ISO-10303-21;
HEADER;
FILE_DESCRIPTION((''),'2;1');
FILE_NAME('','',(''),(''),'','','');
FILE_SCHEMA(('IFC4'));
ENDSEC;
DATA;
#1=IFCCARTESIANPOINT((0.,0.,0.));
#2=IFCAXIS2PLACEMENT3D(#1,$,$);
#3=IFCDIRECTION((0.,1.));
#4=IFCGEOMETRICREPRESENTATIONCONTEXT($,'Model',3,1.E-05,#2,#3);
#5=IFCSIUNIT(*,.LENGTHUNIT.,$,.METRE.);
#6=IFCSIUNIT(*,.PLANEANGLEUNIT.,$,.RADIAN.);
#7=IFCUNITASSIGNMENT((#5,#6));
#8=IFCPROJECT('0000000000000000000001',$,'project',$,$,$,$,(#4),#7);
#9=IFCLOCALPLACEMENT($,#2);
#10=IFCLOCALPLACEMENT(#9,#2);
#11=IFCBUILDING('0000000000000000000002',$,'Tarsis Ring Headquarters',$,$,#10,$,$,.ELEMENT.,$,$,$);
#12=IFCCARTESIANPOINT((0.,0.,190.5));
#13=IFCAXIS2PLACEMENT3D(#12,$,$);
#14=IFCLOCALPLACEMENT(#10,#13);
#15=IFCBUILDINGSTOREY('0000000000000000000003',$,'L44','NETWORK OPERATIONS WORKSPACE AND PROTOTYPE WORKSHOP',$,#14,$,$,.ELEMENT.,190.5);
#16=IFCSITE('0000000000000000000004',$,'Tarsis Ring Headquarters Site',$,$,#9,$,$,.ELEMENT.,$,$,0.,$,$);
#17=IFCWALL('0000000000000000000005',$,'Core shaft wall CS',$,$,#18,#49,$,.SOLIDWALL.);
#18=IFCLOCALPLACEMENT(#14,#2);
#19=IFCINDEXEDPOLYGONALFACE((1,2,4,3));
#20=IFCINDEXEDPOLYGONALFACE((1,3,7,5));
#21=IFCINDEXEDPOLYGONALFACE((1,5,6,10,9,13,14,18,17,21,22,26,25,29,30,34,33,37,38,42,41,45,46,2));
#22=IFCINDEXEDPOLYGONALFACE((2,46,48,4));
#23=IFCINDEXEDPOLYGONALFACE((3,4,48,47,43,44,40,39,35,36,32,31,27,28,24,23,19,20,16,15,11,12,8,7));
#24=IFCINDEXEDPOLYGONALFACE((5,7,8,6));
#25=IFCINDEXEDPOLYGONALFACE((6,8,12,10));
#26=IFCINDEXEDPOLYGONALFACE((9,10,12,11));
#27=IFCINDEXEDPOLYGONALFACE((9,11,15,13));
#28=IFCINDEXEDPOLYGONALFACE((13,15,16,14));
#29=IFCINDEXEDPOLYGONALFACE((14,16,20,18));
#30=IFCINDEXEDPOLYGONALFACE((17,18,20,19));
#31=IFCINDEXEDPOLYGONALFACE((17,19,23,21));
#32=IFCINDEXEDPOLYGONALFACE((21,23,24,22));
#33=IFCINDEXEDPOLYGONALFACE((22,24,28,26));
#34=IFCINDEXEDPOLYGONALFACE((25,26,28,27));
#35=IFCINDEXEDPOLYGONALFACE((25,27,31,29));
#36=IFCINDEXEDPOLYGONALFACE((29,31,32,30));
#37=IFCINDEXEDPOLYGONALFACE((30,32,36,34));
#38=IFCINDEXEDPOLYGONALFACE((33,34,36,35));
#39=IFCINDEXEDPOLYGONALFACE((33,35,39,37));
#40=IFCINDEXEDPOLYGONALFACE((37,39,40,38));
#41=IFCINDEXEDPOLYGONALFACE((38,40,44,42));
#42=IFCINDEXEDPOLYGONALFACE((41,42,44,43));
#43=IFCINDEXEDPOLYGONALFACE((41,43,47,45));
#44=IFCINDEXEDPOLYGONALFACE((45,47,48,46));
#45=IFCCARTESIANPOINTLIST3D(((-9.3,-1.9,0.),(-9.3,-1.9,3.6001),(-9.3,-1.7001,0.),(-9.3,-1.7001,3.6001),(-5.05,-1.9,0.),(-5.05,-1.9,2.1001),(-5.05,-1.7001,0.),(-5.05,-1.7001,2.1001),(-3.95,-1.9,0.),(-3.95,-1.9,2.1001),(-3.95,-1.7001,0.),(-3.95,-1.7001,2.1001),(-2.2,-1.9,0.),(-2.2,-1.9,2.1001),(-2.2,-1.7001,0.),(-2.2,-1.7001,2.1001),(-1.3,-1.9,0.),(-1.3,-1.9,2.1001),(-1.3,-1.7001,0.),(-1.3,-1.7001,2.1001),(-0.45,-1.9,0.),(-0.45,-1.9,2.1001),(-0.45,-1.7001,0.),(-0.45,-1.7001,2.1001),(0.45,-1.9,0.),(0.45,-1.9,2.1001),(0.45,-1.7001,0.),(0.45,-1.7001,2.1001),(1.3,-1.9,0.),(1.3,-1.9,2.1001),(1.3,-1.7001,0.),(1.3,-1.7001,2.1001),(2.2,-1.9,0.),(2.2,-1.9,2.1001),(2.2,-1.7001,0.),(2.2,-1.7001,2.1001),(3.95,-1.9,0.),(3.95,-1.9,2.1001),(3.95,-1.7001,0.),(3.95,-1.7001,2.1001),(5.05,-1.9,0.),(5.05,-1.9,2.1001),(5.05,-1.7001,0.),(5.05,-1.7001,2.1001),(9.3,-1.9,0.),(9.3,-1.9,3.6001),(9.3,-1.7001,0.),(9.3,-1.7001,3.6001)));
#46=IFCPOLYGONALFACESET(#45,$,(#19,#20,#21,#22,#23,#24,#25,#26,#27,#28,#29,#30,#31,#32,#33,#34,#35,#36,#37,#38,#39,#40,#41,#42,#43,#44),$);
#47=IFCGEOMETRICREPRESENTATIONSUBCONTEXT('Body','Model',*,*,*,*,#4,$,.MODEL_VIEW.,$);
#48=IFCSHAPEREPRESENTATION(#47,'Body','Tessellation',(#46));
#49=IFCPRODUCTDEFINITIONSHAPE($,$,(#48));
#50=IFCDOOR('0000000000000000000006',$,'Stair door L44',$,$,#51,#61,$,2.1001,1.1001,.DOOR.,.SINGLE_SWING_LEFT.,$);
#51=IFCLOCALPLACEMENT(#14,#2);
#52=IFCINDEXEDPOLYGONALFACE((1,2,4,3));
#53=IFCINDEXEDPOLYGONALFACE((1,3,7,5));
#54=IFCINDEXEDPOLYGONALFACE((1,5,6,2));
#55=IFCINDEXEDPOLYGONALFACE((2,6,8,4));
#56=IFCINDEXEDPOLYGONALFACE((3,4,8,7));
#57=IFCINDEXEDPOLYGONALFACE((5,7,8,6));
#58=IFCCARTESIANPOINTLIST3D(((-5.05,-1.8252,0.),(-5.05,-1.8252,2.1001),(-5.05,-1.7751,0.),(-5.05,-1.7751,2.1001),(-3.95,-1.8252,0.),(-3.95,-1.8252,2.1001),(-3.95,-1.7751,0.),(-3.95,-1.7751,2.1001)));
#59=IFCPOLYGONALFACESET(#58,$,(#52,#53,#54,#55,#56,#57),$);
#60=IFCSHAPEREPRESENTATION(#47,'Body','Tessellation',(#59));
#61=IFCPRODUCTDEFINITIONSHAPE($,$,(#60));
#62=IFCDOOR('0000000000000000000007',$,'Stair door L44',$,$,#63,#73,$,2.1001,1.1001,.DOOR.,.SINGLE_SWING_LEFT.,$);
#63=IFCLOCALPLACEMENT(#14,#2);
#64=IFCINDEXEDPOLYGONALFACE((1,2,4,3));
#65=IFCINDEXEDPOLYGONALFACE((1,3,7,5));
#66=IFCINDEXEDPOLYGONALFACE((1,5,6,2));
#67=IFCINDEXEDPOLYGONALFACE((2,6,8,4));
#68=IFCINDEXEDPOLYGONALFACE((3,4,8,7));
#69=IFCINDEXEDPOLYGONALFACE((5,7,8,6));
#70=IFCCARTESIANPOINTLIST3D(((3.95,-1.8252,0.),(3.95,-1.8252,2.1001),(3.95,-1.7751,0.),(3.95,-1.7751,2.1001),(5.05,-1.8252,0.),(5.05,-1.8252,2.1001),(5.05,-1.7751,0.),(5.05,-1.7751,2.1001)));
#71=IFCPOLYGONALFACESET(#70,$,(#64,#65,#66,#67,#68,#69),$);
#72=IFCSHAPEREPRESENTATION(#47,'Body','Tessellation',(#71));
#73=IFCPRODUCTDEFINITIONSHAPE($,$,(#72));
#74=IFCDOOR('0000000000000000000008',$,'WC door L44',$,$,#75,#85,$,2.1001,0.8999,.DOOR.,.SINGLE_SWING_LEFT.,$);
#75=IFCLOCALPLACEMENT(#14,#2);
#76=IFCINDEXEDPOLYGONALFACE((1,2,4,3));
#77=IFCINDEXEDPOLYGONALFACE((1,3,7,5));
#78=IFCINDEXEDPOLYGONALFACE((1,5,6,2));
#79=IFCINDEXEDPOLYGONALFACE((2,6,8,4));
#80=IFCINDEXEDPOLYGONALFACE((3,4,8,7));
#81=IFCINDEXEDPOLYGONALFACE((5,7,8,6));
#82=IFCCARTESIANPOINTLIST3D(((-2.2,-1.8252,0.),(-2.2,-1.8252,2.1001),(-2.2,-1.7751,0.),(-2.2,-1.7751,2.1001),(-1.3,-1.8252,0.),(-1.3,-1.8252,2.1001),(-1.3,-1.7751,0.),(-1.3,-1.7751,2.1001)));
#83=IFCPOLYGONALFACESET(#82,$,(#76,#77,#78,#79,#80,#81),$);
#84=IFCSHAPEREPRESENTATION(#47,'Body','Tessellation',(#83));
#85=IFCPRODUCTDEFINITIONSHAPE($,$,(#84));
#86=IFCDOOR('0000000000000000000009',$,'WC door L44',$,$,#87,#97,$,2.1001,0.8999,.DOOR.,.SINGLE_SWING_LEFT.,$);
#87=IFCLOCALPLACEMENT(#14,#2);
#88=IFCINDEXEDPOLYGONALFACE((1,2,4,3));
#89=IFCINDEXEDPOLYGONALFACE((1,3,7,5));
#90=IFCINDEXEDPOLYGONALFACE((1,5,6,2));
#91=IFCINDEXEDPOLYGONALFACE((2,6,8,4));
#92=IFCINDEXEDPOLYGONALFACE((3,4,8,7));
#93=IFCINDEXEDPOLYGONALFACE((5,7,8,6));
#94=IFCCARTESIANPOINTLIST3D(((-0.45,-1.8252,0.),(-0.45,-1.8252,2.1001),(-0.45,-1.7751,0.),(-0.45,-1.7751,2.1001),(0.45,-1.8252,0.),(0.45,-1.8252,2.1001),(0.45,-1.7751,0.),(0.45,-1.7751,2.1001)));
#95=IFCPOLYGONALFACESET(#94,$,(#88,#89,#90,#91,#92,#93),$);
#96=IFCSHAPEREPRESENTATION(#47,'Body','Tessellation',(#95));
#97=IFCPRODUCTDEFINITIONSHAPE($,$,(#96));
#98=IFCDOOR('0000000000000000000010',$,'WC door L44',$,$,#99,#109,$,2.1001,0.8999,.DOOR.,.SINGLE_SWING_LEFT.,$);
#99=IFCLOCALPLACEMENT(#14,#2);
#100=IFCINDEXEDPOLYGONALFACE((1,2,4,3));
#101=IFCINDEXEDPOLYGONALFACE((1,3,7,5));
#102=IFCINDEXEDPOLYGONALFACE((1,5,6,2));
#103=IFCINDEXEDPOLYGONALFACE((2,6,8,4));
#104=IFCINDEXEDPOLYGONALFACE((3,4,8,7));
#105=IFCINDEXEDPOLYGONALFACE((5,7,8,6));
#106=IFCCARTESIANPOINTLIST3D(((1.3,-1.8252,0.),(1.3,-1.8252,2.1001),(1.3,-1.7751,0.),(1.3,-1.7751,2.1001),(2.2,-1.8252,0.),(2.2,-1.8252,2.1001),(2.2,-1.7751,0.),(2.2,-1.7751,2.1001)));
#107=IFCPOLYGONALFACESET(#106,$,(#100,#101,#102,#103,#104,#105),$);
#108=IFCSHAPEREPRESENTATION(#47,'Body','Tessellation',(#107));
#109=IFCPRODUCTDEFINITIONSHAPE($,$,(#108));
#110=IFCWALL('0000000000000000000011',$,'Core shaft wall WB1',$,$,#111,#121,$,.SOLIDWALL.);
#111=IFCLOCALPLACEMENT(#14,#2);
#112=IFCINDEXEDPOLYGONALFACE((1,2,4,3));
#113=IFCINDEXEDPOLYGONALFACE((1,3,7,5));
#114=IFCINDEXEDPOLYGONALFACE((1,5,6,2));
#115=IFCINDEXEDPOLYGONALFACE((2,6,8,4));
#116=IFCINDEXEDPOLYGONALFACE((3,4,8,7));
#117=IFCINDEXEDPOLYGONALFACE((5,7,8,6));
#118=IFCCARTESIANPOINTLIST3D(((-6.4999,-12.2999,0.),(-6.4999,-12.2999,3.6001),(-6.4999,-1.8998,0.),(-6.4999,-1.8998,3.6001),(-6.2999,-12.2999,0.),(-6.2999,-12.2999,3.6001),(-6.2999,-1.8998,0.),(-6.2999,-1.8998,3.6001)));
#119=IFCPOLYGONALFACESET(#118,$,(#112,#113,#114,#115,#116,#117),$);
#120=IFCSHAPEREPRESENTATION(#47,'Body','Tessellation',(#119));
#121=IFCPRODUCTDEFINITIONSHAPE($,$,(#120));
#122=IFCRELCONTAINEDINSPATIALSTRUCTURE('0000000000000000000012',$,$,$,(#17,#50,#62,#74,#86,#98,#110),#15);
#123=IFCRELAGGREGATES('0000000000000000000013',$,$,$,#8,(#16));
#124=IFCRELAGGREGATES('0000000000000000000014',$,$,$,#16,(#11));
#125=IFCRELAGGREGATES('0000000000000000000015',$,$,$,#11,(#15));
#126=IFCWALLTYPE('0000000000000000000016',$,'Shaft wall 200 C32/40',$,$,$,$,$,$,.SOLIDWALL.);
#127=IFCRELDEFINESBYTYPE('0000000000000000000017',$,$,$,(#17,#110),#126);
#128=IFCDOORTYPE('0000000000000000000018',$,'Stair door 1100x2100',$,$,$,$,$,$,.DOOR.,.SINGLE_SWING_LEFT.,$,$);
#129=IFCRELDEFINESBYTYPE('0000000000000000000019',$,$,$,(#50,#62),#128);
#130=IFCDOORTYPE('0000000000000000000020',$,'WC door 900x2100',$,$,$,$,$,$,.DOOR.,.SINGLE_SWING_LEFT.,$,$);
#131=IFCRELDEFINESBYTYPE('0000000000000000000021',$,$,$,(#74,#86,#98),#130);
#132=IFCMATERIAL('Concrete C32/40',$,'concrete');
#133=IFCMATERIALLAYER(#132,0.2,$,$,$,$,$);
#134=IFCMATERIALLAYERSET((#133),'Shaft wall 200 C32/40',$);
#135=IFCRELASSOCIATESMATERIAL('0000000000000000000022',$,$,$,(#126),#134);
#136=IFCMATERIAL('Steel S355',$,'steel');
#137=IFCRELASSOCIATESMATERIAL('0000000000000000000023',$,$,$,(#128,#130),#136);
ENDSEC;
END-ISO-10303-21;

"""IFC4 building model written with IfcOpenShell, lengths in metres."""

from ifc_helpers import new_model, si_unit, direction, frame, frame_2d, origin, place, context, subcontext, project, spatial, rectangle, extrude, material, layer, layer_set, type_object, element, fill, save


model = new_model("IFC4")

# Units and contexts
model_context = context("Model", 3, precision=1e-05, world=origin(), true_north=direction((0.0, 1.0)))
body_context = subcontext(model_context, "Body", "Model", "MODEL_VIEW")
ifc_project = project(units=[si_unit("LENGTHUNIT", "METRE"), si_unit("PLANEANGLEUNIT", "RADIAN")], contexts=[model_context])

# Site, building, storey
site_placement = place(None, origin())
site = spatial("IfcSite", under=ifc_project, at=site_placement, Name="Tarsis Ring Headquarters Site", CompositionType="ELEMENT", RefElevation=0.0)
building_placement = place(site_placement, origin())
building = spatial("IfcBuilding", under=site, at=building_placement, Name="Tarsis Ring Headquarters", CompositionType="ELEMENT")
storey_placement = place(building_placement, frame((0.0, 0.0, 190.5)))
storey = spatial("IfcBuildingStorey", under=building, at=storey_placement, Name="L44", Description="NETWORK OPERATIONS WORKSPACE AND PROTOTYPE WORKSHOP", CompositionType="ELEMENT", Elevation=190.5)

# Wall, openings, doors
ifc_material_1 = material(Name="Concrete C32/40", Category="concrete")
ifc_layer_1 = layer(ifc_material_1, 0.2)
ifc_layer_set_1 = layer_set([ifc_layer_1], Name="Shaft wall 200 C32/40")
wall_type_1 = type_object("IfcWallType", Name="Shaft wall 200 C32/40", PredefinedType="SOLIDWALL", material=ifc_layer_set_1)
wall_1_placement = place(storey_placement, frame((-9.3, -1.8, 0.0), z_axis=(0.0, 0.0, 1.0), x_axis=(1.0, 0.0, 0.0)))
wall_1 = element("IfcWall", 1, at=wall_1_placement, inside=storey, type_object=wall_type_1, Name="Core shaft wall CS", PredefinedType="SOLIDWALL", context=body_context, shape_type="SweptSolid", body=[
    extrude(rectangle(XDim=18.6001, YDim=0.2, at=frame_2d((9.3, 0.0))), origin(), (0.0, 0.0, 1.0), 3.6001),
])
opening_1_placement = place(wall_1_placement, frame((4.25, 0.0, 0.0)))
opening_1 = element("IfcOpeningElement", 2, at=opening_1_placement, cuts=wall_1, PredefinedType="OPENING", context=body_context, shape_type="SweptSolid", body=[
    extrude(rectangle(XDim=1.1001, YDim=2.1001, at=frame_2d((0.55, 1.05))), frame((0.0, 0.1099, 0.0), z_axis=(0.0, -1.0, 0.0), x_axis=(1.0, 0.0, 0.0)), (0.0, 0.0, 1.0), 0.22),
])
opening_2_placement = place(wall_1_placement, frame((7.1001, 0.0, 0.0)))
opening_2 = element("IfcOpeningElement", 3, at=opening_2_placement, cuts=wall_1, PredefinedType="OPENING", context=body_context, shape_type="SweptSolid", body=[
    extrude(rectangle(XDim=0.8999, YDim=2.1001, at=frame_2d((0.45, 1.05))), frame((0.0, 0.1099, 0.0), z_axis=(0.0, -1.0, 0.0), x_axis=(1.0, 0.0, 0.0)), (0.0, 0.0, 1.0), 0.22),
])
opening_3_placement = place(wall_1_placement, frame((8.8501, 0.0, 0.0)))
opening_3 = element("IfcOpeningElement", 4, at=opening_3_placement, cuts=wall_1, PredefinedType="OPENING", context=body_context, shape_type="SweptSolid", body=[
    extrude(rectangle(XDim=0.8999, YDim=2.1001, at=frame_2d((0.45, 1.05))), frame((0.0, 0.1099, 0.0), z_axis=(0.0, -1.0, 0.0), x_axis=(1.0, 0.0, 0.0)), (0.0, 0.0, 1.0), 0.22),
])
opening_4_placement = place(wall_1_placement, frame((10.6001, 0.0, 0.0)))
opening_4 = element("IfcOpeningElement", 5, at=opening_4_placement, cuts=wall_1, PredefinedType="OPENING", context=body_context, shape_type="SweptSolid", body=[
    extrude(rectangle(XDim=0.8999, YDim=2.1001, at=frame_2d((0.45, 1.05))), frame((0.0, 0.1099, 0.0), z_axis=(0.0, -1.0, 0.0), x_axis=(1.0, 0.0, 0.0)), (0.0, 0.0, 1.0), 0.22),
])
opening_5_placement = place(wall_1_placement, frame((13.25, 0.0, 0.0)))
opening_5 = element("IfcOpeningElement", 6, at=opening_5_placement, cuts=wall_1, PredefinedType="OPENING", context=body_context, shape_type="SweptSolid", body=[
    extrude(rectangle(XDim=1.1001, YDim=2.1001, at=frame_2d((0.55, 1.05))), frame((0.0, 0.1099, 0.0), z_axis=(0.0, -1.0, 0.0), x_axis=(1.0, 0.0, 0.0)), (0.0, 0.0, 1.0), 0.22),
])
ifc_material_2 = material(Name="Steel S355", Category="steel")
door_type_1 = type_object("IfcDoorType", Name="Stair door 1100x2100", OperationType="SINGLE_SWING_LEFT", PredefinedType="DOOR", material=ifc_material_2)
door_1_placement = place(opening_1_placement, origin())
door_1 = element("IfcDoor", 7, at=door_1_placement, inside=storey, type_object=door_type_1, Name="Stair door L44", OperationType="SINGLE_SWING_LEFT", OverallHeight=2.1001, OverallWidth=1.1001, PredefinedType="DOOR", context=body_context, shape_type="SweptSolid", body=[
    extrude(rectangle(XDim=1.1001, YDim=2.1001, at=frame_2d((0.55, 1.05))), frame((0.0, 0.0249, 0.0), z_axis=(0.0, -1.0, 0.0), x_axis=(1.0, 0.0, 0.0)), (0.0, 0.0, 1.0), 0.05),
])
fill(opening_1, door_1)
door_2_placement = place(opening_5_placement, origin())
door_2 = element("IfcDoor", 8, at=door_2_placement, inside=storey, type_object=door_type_1, Name="Stair door L44", OperationType="SINGLE_SWING_LEFT", OverallHeight=2.1001, OverallWidth=1.1001, PredefinedType="DOOR", context=body_context, shape_type="SweptSolid", body=[
    extrude(rectangle(XDim=1.1001, YDim=2.1001, at=frame_2d((0.55, 1.05))), frame((0.0, 0.0249, 0.0), z_axis=(0.0, -1.0, 0.0), x_axis=(1.0, 0.0, 0.0)), (0.0, 0.0, 1.0), 0.05),
])
fill(opening_5, door_2)
door_type_2 = type_object("IfcDoorType", Name="WC door 900x2100", OperationType="SINGLE_SWING_LEFT", PredefinedType="DOOR", material=ifc_material_2)
door_3_placement = place(opening_2_placement, origin())
door_3 = element("IfcDoor", 9, at=door_3_placement, inside=storey, type_object=door_type_2, Name="WC door L44", OperationType="SINGLE_SWING_LEFT", OverallHeight=2.1001, OverallWidth=0.8999, PredefinedType="DOOR", context=body_context, shape_type="SweptSolid", body=[
    extrude(rectangle(XDim=0.8999, YDim=2.1001, at=frame_2d((0.45, 1.05))), frame((0.0, 0.0249, 0.0), z_axis=(0.0, -1.0, 0.0), x_axis=(1.0, 0.0, 0.0)), (0.0, 0.0, 1.0), 0.05),
])
fill(opening_2, door_3)
door_4_placement = place(opening_3_placement, origin())
door_4 = element("IfcDoor", 10, at=door_4_placement, inside=storey, type_object=door_type_2, Name="WC door L44", OperationType="SINGLE_SWING_LEFT", OverallHeight=2.1001, OverallWidth=0.8999, PredefinedType="DOOR", context=body_context, shape_type="SweptSolid", body=[
    extrude(rectangle(XDim=0.8999, YDim=2.1001, at=frame_2d((0.45, 1.05))), frame((0.0, 0.0249, 0.0), z_axis=(0.0, -1.0, 0.0), x_axis=(1.0, 0.0, 0.0)), (0.0, 0.0, 1.0), 0.05),
])
fill(opening_3, door_4)
door_5_placement = place(opening_4_placement, origin())
door_5 = element("IfcDoor", 11, at=door_5_placement, inside=storey, type_object=door_type_2, Name="WC door L44", OperationType="SINGLE_SWING_LEFT", OverallHeight=2.1001, OverallWidth=0.8999, PredefinedType="DOOR", context=body_context, shape_type="SweptSolid", body=[
    extrude(rectangle(XDim=0.8999, YDim=2.1001, at=frame_2d((0.45, 1.05))), frame((0.0, 0.0249, 0.0), z_axis=(0.0, -1.0, 0.0), x_axis=(1.0, 0.0, 0.0)), (0.0, 0.0, 1.0), 0.05),
])
fill(opening_4, door_5)

# Wall
wall_2_placement = place(storey_placement, frame((-6.3999, -12.3, 0.0), z_axis=(0.0, 0.0, 1.0), x_axis=(0.0, 1.0, 0.0)))
element("IfcWall", 12, at=wall_2_placement, inside=storey, type_object=wall_type_1, Name="Core shaft wall WB1", PredefinedType="SOLIDWALL", context=body_context, shape_type="SweptSolid", body=[
    extrude(rectangle(XDim=10.4001, YDim=0.2, at=frame_2d((5.2002, 0.0))), origin(), (0.0, 0.0, 1.0), 3.6001),
])

save(model, "model.ifc")
